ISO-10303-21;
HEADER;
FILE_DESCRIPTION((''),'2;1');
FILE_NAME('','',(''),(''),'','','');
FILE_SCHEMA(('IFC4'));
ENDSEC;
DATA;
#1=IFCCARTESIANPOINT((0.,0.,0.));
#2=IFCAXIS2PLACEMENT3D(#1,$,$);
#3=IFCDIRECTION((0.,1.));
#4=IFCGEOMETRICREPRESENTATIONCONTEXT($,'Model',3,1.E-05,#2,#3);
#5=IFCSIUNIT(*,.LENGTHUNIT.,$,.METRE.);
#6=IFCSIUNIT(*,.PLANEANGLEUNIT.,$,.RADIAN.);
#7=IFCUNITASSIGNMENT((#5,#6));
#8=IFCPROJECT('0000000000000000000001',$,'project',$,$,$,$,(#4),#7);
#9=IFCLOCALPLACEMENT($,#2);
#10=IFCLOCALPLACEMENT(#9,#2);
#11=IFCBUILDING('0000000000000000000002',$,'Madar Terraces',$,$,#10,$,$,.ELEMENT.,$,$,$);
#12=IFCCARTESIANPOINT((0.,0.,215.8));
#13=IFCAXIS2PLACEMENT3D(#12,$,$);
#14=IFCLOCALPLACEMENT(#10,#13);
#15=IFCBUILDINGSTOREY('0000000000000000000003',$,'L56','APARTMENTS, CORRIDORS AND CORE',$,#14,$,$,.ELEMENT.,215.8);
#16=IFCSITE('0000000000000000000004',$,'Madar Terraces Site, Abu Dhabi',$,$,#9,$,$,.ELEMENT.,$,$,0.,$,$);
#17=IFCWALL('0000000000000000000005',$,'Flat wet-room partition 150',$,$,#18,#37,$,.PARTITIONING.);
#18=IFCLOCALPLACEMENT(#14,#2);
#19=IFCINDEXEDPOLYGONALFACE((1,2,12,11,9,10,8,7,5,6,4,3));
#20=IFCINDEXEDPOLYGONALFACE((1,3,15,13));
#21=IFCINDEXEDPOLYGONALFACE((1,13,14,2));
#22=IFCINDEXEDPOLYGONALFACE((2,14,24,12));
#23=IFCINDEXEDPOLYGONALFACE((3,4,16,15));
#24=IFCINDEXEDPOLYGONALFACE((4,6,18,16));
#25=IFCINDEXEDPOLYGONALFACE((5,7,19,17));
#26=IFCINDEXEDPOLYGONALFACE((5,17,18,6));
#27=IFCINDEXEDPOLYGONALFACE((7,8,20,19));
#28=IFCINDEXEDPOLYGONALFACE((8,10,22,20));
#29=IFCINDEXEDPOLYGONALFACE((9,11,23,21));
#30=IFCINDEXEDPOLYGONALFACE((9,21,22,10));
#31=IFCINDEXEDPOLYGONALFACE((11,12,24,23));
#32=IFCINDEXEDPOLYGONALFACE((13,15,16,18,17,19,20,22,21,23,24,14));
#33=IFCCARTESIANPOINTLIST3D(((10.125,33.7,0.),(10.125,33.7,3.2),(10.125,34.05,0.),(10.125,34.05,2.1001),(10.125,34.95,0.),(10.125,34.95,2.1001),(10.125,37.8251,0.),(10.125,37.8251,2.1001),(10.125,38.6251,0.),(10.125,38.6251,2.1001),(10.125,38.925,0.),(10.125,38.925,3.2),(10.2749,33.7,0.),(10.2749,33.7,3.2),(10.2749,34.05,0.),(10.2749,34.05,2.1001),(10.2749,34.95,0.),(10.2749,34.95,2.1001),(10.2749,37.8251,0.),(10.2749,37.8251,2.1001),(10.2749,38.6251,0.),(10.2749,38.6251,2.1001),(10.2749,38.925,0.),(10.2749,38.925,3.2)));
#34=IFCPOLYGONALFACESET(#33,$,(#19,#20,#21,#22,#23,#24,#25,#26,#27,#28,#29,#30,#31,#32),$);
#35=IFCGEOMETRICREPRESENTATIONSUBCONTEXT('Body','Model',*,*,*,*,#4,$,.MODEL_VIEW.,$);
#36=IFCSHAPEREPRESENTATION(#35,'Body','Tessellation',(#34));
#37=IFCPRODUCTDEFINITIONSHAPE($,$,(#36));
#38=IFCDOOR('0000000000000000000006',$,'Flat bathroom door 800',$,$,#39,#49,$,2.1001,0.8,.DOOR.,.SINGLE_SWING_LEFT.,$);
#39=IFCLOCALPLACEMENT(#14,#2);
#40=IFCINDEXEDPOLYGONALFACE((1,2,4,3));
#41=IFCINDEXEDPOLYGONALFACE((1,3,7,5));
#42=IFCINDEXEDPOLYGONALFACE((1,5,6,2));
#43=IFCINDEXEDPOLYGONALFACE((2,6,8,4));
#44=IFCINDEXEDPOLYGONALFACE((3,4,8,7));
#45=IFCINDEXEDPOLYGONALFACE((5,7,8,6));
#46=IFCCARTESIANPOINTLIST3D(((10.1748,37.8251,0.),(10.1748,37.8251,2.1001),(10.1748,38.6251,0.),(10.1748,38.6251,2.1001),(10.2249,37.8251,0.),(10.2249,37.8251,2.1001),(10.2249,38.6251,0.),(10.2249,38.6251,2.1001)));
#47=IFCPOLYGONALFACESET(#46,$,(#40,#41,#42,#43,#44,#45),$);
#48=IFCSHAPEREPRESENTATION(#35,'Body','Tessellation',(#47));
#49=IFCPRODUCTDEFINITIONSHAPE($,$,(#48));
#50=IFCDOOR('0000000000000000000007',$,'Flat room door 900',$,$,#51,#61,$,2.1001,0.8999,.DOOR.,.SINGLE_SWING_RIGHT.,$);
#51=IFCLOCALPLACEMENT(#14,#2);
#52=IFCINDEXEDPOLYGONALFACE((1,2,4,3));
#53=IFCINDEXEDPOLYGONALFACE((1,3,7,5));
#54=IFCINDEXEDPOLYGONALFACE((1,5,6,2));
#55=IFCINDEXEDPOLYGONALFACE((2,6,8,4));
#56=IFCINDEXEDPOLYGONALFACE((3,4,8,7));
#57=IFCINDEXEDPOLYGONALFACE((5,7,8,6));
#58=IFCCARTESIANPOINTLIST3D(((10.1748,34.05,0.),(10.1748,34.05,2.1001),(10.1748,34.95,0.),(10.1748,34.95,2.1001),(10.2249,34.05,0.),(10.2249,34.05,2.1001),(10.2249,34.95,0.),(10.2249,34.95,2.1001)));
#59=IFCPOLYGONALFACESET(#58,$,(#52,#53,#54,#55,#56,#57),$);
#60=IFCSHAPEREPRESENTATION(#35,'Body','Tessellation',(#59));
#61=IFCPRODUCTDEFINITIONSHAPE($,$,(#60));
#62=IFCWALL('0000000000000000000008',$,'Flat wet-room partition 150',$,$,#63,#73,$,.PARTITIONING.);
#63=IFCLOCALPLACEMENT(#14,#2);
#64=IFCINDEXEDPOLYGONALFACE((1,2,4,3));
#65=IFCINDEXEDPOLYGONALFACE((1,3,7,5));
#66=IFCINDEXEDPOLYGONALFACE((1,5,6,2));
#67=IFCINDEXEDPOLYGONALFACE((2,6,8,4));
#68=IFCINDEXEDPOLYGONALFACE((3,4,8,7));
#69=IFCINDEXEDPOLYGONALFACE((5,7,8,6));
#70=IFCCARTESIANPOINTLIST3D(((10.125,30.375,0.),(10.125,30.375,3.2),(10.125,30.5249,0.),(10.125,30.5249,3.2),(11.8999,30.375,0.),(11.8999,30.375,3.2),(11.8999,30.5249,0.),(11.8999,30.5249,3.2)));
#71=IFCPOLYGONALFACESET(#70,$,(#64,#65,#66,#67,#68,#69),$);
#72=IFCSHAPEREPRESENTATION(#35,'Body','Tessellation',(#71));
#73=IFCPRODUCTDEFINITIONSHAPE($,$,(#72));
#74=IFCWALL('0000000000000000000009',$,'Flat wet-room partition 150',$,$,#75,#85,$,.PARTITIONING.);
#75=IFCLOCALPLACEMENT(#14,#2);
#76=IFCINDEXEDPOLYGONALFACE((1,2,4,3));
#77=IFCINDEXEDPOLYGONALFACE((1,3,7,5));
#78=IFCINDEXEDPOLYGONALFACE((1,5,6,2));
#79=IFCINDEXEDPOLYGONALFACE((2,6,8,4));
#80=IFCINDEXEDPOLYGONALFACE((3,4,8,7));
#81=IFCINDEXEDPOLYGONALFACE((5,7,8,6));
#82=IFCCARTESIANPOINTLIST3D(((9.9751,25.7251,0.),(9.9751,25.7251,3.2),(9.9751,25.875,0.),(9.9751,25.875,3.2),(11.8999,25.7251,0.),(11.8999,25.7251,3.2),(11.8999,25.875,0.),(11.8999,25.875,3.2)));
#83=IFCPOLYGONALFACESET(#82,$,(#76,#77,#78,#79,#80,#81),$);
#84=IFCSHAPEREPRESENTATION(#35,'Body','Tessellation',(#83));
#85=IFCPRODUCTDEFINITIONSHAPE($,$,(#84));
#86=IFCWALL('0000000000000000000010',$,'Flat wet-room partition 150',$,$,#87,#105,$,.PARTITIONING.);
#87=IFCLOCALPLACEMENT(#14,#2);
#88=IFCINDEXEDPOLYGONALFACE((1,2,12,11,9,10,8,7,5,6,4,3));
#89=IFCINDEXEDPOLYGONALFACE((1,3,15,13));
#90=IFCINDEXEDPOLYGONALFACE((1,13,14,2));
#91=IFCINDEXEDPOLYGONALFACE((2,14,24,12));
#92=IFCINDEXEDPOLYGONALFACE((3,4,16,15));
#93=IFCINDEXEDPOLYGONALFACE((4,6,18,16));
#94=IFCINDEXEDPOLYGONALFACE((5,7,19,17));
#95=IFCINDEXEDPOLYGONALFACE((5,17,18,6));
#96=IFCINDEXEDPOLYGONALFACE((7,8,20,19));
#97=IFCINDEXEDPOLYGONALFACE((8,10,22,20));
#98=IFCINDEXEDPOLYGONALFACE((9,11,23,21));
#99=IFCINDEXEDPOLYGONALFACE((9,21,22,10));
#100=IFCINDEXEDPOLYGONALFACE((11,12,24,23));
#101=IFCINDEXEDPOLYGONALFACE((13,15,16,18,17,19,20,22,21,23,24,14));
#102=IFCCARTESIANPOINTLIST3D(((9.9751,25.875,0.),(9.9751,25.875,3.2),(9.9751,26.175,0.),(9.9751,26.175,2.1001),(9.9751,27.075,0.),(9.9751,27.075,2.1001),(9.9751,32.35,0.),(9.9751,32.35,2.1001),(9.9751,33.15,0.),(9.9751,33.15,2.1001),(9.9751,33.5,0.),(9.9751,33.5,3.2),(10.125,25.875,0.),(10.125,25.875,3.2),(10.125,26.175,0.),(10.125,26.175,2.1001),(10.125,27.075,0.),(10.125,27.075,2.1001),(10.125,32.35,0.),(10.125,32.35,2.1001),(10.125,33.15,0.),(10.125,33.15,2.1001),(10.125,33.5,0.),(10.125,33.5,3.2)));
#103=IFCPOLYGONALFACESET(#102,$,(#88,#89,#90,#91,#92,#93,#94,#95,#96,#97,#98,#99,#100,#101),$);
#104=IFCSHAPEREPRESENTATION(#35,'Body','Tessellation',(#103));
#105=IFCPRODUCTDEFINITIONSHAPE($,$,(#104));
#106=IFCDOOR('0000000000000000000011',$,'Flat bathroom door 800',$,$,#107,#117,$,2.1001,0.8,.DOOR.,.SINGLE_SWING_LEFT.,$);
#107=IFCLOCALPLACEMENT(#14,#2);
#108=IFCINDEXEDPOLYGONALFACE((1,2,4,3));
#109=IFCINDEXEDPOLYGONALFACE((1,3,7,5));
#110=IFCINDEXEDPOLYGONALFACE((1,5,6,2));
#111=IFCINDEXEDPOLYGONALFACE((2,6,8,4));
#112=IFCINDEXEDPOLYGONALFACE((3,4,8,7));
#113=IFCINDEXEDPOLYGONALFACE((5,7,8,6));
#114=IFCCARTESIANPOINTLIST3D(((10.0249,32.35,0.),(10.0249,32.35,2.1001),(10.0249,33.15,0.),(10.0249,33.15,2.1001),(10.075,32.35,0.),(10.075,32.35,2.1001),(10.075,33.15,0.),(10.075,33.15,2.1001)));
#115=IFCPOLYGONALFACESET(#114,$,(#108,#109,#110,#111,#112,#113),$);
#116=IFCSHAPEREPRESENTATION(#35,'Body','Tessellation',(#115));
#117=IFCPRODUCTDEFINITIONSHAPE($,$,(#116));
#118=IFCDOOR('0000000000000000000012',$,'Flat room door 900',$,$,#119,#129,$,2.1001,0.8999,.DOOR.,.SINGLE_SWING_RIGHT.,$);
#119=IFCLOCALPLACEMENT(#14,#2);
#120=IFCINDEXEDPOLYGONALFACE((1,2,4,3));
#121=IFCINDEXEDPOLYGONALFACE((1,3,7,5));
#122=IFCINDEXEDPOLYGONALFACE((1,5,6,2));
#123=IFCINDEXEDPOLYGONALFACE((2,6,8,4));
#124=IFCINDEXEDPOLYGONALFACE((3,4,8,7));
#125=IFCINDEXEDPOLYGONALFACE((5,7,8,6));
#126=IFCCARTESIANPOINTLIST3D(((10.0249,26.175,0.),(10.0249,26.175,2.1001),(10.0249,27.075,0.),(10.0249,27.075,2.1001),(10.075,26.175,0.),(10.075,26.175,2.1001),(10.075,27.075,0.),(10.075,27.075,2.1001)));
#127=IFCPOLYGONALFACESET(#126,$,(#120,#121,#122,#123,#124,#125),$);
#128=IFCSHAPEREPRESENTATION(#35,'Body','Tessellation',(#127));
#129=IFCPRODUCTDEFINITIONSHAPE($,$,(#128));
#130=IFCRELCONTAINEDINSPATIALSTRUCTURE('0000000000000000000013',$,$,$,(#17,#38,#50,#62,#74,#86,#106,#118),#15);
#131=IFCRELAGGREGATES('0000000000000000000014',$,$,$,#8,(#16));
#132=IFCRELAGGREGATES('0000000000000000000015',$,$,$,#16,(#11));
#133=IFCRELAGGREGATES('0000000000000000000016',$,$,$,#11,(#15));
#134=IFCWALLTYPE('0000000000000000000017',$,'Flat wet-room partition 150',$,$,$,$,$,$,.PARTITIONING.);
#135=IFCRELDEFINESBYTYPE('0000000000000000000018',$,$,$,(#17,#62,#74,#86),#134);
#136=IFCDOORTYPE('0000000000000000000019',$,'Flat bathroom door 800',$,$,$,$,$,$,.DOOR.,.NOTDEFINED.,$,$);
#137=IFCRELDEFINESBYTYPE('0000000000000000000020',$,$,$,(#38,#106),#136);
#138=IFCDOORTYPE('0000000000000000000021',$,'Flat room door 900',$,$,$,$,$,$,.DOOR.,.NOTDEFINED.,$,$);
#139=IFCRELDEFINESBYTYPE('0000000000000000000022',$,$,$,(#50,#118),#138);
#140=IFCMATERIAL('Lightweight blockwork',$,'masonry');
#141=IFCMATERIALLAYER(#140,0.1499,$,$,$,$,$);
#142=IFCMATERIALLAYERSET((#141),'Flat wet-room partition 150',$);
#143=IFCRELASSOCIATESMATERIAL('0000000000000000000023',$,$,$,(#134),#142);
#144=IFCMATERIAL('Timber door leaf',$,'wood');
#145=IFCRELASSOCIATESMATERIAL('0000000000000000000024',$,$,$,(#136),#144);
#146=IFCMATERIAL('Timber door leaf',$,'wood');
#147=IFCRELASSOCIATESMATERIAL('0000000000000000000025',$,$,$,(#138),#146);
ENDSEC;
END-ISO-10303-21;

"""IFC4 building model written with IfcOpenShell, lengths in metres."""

from ifc_helpers import new_model, si_unit, direction, frame, frame_2d, origin, place, context, subcontext, project, spatial, rectangle, extrude, material, layer, layer_set, type_object, element, fill, save


model = new_model("IFC4")

# Units and contexts
model_context = context("Model", 3, precision=1e-05, world=origin(), true_north=direction((0.0, 1.0)))
body_context = subcontext(model_context, "Body", "Model", "MODEL_VIEW")
ifc_project = project(units=[si_unit("LENGTHUNIT", "METRE"), si_unit("PLANEANGLEUNIT", "RADIAN")], contexts=[model_context])

# Site, building, storey
site_placement = place(None, origin())
site = spatial("IfcSite", under=ifc_project, at=site_placement, Name="Madar Terraces Site, Abu Dhabi", CompositionType="ELEMENT", RefElevation=0.0)
building_placement = place(site_placement, origin())
building = spatial("IfcBuilding", under=site, at=building_placement, Name="Madar Terraces", CompositionType="ELEMENT")
storey_placement = place(building_placement, frame((0.0, 0.0, 215.8)))
storey = spatial("IfcBuildingStorey", under=building, at=storey_placement, Name="L56", Description="APARTMENTS, CORRIDORS AND CORE", CompositionType="ELEMENT", Elevation=215.8)

# Shared definitions
ifc_material_1 = material(Name="Lightweight blockwork", Category="masonry")
ifc_layer_1 = layer(ifc_material_1, 0.1499)
ifc_layer_set_1 = layer_set([ifc_layer_1], Name="Flat wet-room partition 150")
wall_type_1 = type_object("IfcWallType", Name="Flat wet-room partition 150", PredefinedType="PARTITIONING", material=ifc_layer_set_1)

# Wall, openings, doors
wall_1_placement = place(storey_placement, frame((10.2, 38.925, 0.0), z_axis=(0.0, 0.0, 1.0), x_axis=(0.0, -1.0, 0.0)))
wall_1 = element("IfcWall", 1, at=wall_1_placement, inside=storey, type_object=wall_type_1, Name="Flat wet-room partition 150", PredefinedType="PARTITIONING", context=body_context, shape_type="SweptSolid", body=[
    extrude(rectangle(XDim=5.2251, YDim=0.1499, at=frame_2d((2.6125, 0.0))), origin(), (0.0, 0.0, 1.0), 3.2),
])
opening_1_placement = place(wall_1_placement, frame((0.3, 0.0, 0.0)))
opening_1 = element("IfcOpeningElement", 2, at=opening_1_placement, cuts=wall_1, PredefinedType="OPENING", context=body_context, shape_type="SweptSolid", body=[
    extrude(rectangle(XDim=0.8, YDim=2.1001, at=frame_2d((0.3999, 1.05))), frame((0.0, 0.085, 0.0), z_axis=(0.0, -1.0, 0.0), x_axis=(1.0, 0.0, 0.0)), (0.0, 0.0, 1.0), 0.1699),
])
opening_2_placement = place(wall_1_placement, frame((3.9751, 0.0, 0.0)))
opening_2 = element("IfcOpeningElement", 3, at=opening_2_placement, cuts=wall_1, PredefinedType="OPENING", context=body_context, shape_type="SweptSolid", body=[
    extrude(rectangle(XDim=0.8999, YDim=2.1001, at=frame_2d((0.45, 1.05))), frame((0.0, 0.085, 0.0), z_axis=(0.0, -1.0, 0.0), x_axis=(1.0, 0.0, 0.0)), (0.0, 0.0, 1.0), 0.1699),
])
ifc_material_2 = material(Name="Timber door leaf", Category="wood")
door_type_1 = type_object("IfcDoorType", Name="Flat bathroom door 800", OperationType="NOTDEFINED", PredefinedType="DOOR", material=ifc_material_2)
door_1_placement = place(opening_1_placement, origin())
door_1 = element("IfcDoor", 4, at=door_1_placement, inside=storey, type_object=door_type_1, Name="Flat bathroom door 800", OperationType="SINGLE_SWING_LEFT", OverallHeight=2.1001, OverallWidth=0.8, PredefinedType="DOOR", context=body_context, shape_type="SweptSolid", body=[
    extrude(rectangle(XDim=0.8, YDim=2.1001, at=frame_2d((0.3999, 1.05))), frame((0.0, 0.0249, 0.0), z_axis=(0.0, -1.0, 0.0), x_axis=(1.0, 0.0, 0.0)), (0.0, 0.0, 1.0), 0.05),
])
fill(opening_1, door_1)
ifc_material_3 = material(Name="Timber door leaf", Category="wood")
door_type_2 = type_object("IfcDoorType", Name="Flat room door 900", OperationType="NOTDEFINED", PredefinedType="DOOR", material=ifc_material_3)
door_2_placement = place(opening_2_placement, origin())
door_2 = element("IfcDoor", 5, at=door_2_placement, inside=storey, type_object=door_type_2, Name="Flat room door 900", OperationType="SINGLE_SWING_RIGHT", OverallHeight=2.1001, OverallWidth=0.8999, PredefinedType="DOOR", context=body_context, shape_type="SweptSolid", body=[
    extrude(rectangle(XDim=0.8999, YDim=2.1001, at=frame_2d((0.45, 1.05))), frame((0.0, 0.0249, 0.0), z_axis=(0.0, -1.0, 0.0), x_axis=(1.0, 0.0, 0.0)), (0.0, 0.0, 1.0), 0.05),
])
fill(opening_2, door_2)

# Walls
wall_2_placement = place(storey_placement, frame((11.8999, 30.45, 0.0), z_axis=(0.0, 0.0, 1.0), x_axis=(-1.0, 0.0, 0.0)))
element("IfcWall", 6, at=wall_2_placement, inside=storey, type_object=wall_type_1, Name="Flat wet-room partition 150", PredefinedType="PARTITIONING", context=body_context, shape_type="SweptSolid", body=[
    extrude(rectangle(XDim=1.7749, YDim=0.1499, at=frame_2d((0.8875, 0.0))), origin(), (0.0, 0.0, 1.0), 3.2),
])
wall_3_placement = place(storey_placement, frame((11.8999, 25.8, 0.0), z_axis=(0.0, 0.0, 1.0), x_axis=(-1.0, 0.0, 0.0)))
element("IfcWall", 7, at=wall_3_placement, inside=storey, type_object=wall_type_1, Name="Flat wet-room partition 150", PredefinedType="PARTITIONING", context=body_context, shape_type="SweptSolid", body=[
    extrude(rectangle(XDim=1.9248, YDim=0.1499, at=frame_2d((0.9624, 0.0))), origin(), (0.0, 0.0, 1.0), 3.2),
])

# Wall, openings, doors
wall_4_placement = place(storey_placement, frame((10.05, 33.5, 0.0), z_axis=(0.0, 0.0, 1.0), x_axis=(0.0, -1.0, 0.0)))
wall_4 = element("IfcWall", 8, at=wall_4_placement, inside=storey, type_object=wall_type_1, Name="Flat wet-room partition 150", PredefinedType="PARTITIONING", context=body_context, shape_type="SweptSolid", body=[
    extrude(rectangle(XDim=7.625, YDim=0.1499, at=frame_2d((3.8125, 0.0))), origin(), (0.0, 0.0, 1.0), 3.2),
])
opening_3_placement = place(wall_4_placement, frame((6.425, 0.0, 0.0)))
opening_3 = element("IfcOpeningElement", 9, at=opening_3_placement, cuts=wall_4, PredefinedType="OPENING", context=body_context, shape_type="SweptSolid", body=[
    extrude(rectangle(XDim=0.8999, YDim=2.1001, at=frame_2d((0.45, 1.05))), frame((0.0, 0.085, 0.0), z_axis=(0.0, -1.0, 0.0), x_axis=(1.0, 0.0, 0.0)), (0.0, 0.0, 1.0), 0.1699),
])
opening_4_placement = place(wall_4_placement, frame((0.3501, 0.0, 0.0)))
opening_4 = element("IfcOpeningElement", 10, at=opening_4_placement, cuts=wall_4, PredefinedType="OPENING", context=body_context, shape_type="SweptSolid", body=[
    extrude(rectangle(XDim=0.8, YDim=2.1001, at=frame_2d((0.3999, 1.05))), frame((0.0, 0.085, 0.0), z_axis=(0.0, -1.0, 0.0), x_axis=(1.0, 0.0, 0.0)), (0.0, 0.0, 1.0), 0.1699),
])
door_3_placement = place(opening_4_placement, origin())
door_3 = element("IfcDoor", 11, at=door_3_placement, inside=storey, type_object=door_type_1, Name="Flat bathroom door 800", OperationType="SINGLE_SWING_LEFT", OverallHeight=2.1001, OverallWidth=0.8, PredefinedType="DOOR", context=body_context, shape_type="SweptSolid", body=[
    extrude(rectangle(XDim=0.8, YDim=2.1001, at=frame_2d((0.3999, 1.05))), frame((0.0, 0.0249, 0.0), z_axis=(0.0, -1.0, 0.0), x_axis=(1.0, 0.0, 0.0)), (0.0, 0.0, 1.0), 0.05),
])
fill(opening_4, door_3)
door_4_placement = place(opening_3_placement, origin())
door_4 = element("IfcDoor", 12, at=door_4_placement, inside=storey, type_object=door_type_2, Name="Flat room door 900", OperationType="SINGLE_SWING_RIGHT", OverallHeight=2.1001, OverallWidth=0.8999, PredefinedType="DOOR", context=body_context, shape_type="SweptSolid", body=[
    extrude(rectangle(XDim=0.8999, YDim=2.1001, at=frame_2d((0.45, 1.05))), frame((0.0, 0.0249, 0.0), z_axis=(0.0, -1.0, 0.0), x_axis=(1.0, 0.0, 0.0)), (0.0, 0.0, 1.0), 0.05),
])
fill(opening_3, door_4)

save(model, "model.ifc")
